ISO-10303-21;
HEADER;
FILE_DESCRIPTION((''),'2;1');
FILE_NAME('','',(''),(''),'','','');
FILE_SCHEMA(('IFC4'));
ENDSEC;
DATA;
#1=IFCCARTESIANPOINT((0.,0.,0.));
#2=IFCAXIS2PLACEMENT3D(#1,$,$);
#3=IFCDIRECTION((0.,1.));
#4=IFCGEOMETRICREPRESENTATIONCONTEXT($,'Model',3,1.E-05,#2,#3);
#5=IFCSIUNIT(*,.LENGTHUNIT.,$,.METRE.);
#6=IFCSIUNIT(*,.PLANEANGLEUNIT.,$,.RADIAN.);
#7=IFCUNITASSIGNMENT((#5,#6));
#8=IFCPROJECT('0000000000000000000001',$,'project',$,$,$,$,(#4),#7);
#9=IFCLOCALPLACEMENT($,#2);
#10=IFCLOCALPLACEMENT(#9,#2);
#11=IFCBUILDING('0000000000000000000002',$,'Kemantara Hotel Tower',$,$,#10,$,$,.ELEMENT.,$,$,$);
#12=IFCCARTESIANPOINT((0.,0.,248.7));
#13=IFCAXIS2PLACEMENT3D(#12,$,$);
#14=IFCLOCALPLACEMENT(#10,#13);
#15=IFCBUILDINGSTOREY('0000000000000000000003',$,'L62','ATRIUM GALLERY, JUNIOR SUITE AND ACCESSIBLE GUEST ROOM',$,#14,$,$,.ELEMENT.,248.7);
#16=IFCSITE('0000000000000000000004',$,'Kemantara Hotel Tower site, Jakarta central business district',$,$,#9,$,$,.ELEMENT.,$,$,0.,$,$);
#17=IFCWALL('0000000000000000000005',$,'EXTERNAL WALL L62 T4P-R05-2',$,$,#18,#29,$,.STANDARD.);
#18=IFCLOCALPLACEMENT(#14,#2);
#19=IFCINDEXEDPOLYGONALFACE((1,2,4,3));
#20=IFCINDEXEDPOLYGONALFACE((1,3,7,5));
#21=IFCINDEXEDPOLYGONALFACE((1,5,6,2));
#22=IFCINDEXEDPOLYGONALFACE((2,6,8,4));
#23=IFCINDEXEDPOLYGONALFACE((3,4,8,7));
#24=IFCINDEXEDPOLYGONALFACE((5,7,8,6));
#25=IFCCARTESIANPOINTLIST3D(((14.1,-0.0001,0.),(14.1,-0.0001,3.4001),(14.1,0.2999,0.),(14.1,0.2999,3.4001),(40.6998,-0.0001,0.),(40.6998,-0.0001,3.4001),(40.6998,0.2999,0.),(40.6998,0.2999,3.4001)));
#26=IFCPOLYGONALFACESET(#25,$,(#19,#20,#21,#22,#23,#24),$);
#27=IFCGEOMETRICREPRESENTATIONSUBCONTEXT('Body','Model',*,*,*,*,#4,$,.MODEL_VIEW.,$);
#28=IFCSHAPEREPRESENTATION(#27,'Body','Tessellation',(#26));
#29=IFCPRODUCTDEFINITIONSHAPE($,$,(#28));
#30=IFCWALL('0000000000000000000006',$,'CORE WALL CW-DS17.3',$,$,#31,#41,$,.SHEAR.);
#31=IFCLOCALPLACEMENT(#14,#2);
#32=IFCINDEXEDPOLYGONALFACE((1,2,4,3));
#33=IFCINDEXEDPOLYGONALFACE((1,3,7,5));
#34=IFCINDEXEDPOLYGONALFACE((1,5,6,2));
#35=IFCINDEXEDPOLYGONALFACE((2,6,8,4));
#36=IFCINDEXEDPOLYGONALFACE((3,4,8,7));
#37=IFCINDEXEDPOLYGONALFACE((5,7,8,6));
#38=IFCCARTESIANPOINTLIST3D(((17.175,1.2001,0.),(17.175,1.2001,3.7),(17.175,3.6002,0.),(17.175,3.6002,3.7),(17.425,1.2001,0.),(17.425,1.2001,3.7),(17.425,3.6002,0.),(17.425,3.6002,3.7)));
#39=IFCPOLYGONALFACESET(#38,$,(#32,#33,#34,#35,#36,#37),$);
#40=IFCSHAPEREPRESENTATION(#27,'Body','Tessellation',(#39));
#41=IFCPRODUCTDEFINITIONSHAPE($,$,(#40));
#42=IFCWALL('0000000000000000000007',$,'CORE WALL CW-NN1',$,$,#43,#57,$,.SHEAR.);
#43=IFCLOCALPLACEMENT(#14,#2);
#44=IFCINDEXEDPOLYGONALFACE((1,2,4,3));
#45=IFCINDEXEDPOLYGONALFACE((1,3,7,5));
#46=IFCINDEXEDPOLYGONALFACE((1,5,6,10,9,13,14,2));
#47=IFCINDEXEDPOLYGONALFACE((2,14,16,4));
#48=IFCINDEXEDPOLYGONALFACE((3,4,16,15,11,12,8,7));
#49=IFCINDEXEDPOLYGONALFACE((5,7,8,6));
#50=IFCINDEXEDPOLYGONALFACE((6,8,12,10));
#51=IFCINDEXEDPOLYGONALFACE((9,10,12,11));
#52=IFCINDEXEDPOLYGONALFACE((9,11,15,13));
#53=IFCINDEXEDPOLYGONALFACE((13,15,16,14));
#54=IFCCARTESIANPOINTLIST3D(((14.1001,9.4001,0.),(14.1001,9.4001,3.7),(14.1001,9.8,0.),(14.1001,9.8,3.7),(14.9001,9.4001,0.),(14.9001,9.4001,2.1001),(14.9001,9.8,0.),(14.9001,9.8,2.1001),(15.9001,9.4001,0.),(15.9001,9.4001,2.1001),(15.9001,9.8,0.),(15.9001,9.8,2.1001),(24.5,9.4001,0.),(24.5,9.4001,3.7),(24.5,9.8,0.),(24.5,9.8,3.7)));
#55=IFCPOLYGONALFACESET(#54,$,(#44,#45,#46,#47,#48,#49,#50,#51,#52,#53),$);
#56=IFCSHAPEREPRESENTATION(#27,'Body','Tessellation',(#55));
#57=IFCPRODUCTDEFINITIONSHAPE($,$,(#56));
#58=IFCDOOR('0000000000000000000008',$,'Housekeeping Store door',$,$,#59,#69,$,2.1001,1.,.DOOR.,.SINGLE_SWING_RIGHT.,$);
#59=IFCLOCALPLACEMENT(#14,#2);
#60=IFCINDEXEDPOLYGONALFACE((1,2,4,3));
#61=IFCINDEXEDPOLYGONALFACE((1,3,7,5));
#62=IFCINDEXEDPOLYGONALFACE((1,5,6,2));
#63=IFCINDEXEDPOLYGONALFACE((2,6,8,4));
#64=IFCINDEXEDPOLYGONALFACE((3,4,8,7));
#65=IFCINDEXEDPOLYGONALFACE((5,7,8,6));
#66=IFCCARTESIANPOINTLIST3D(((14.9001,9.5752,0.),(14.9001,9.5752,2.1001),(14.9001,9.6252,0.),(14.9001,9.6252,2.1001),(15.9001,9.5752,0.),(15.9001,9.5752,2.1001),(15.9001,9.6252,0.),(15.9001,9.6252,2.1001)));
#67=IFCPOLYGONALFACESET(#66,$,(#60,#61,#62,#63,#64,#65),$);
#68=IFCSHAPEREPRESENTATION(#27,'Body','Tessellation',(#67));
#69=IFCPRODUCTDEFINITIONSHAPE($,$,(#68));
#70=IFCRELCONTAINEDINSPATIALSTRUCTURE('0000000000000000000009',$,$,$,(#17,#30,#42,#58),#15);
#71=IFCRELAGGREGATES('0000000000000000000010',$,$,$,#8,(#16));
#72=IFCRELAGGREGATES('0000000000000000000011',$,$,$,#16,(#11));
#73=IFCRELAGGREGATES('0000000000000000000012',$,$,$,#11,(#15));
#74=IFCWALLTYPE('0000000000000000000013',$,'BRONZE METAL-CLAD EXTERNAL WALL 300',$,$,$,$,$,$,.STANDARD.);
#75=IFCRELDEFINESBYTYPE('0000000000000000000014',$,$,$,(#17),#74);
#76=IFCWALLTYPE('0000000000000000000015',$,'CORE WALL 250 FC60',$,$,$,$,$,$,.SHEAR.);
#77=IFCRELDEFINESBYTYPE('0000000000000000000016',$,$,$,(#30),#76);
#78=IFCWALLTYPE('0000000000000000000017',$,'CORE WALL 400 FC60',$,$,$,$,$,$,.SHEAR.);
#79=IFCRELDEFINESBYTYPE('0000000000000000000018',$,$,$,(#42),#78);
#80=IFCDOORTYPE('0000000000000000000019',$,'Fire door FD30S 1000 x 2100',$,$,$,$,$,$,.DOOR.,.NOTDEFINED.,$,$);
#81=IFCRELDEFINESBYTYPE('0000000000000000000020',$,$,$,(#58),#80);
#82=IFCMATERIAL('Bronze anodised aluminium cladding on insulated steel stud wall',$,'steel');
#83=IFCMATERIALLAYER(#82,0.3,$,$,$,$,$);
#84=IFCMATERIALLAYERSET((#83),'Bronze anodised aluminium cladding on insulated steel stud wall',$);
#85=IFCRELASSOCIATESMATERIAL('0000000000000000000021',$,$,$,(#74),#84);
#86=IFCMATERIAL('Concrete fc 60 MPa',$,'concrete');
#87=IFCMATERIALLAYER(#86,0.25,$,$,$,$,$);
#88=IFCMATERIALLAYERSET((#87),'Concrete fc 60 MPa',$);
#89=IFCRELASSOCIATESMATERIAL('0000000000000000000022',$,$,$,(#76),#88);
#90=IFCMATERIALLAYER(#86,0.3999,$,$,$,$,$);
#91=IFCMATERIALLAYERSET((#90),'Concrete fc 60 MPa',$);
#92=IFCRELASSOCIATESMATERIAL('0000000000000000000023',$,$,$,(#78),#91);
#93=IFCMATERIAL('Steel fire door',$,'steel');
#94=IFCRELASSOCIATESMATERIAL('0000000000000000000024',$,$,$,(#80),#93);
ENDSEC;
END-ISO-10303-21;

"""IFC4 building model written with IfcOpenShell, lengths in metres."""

from ifc_helpers import new_model, si_unit, direction, frame, frame_2d, origin, place, context, subcontext, project, spatial, rectangle, extrude, material, layer, layer_set, type_object, element, fill, save


model = new_model("IFC4")

# Units and contexts
model_context = context("Model", 3, precision=1e-05, world=origin(), true_north=direction((0.0, 1.0)))
body_context = subcontext(model_context, "Body", "Model", "MODEL_VIEW")
ifc_project = project(units=[si_unit("LENGTHUNIT", "METRE"), si_unit("PLANEANGLEUNIT", "RADIAN")], contexts=[model_context])

# Site, building, storey
site_placement = place(None, origin())
site = spatial("IfcSite", under=ifc_project, at=site_placement, Name="Kemantara Hotel Tower site, Jakarta central business district", CompositionType="ELEMENT", RefElevation=0.0)
building_placement = place(site_placement, origin())
building = spatial("IfcBuilding", under=site, at=building_placement, Name="Kemantara Hotel Tower", CompositionType="ELEMENT")
storey_placement = place(building_placement, frame((0.0, 0.0, 248.7)))
storey = spatial("IfcBuildingStorey", under=building, at=storey_placement, Name="L62", Description="ATRIUM GALLERY, JUNIOR SUITE AND ACCESSIBLE GUEST ROOM", CompositionType="ELEMENT", Elevation=248.7)

# Walls
ifc_material_1 = material(Name="Bronze anodised aluminium cladding on insulated steel stud wall", Category="steel")
ifc_layer_1 = layer(ifc_material_1, 0.3)
ifc_layer_set_1 = layer_set([ifc_layer_1], Name="Bronze anodised aluminium cladding on insulated steel stud wall")
wall_type_1 = type_object("IfcWallType", Name="BRONZE METAL-CLAD EXTERNAL WALL 300", PredefinedType="STANDARD", material=ifc_layer_set_1)
wall_1_placement = place(storey_placement, frame((14.1001, 0.1499, 0.0), z_axis=(0.0, 0.0, 1.0), x_axis=(1.0, 0.0, 0.0)))
element("IfcWall", 1, at=wall_1_placement, inside=storey, type_object=wall_type_1, Name="EXTERNAL WALL L62 T4P-R05-2", PredefinedType="STANDARD", context=body_context, shape_type="SweptSolid", body=[
    extrude(rectangle(XDim=26.5999, YDim=0.3, at=frame_2d((13.2998, 0.0))), origin(), (0.0, 0.0, 1.0), 3.4001),
])
ifc_material_2 = material(Name="Concrete fc 60 MPa", Category="concrete")
ifc_layer_2 = layer(ifc_material_2, 0.25)
ifc_layer_set_2 = layer_set([ifc_layer_2], Name="Concrete fc 60 MPa")
wall_type_2 = type_object("IfcWallType", Name="CORE WALL 250 FC60", PredefinedType="SHEAR", material=ifc_layer_set_2)
wall_2_placement = place(storey_placement, frame((17.3, 1.2, 0.0), z_axis=(0.0, 0.0, 1.0), x_axis=(0.0, 1.0, 0.0)))
element("IfcWall", 2, at=wall_2_placement, inside=storey, type_object=wall_type_2, Name="CORE WALL CW-DS17.3", PredefinedType="SHEAR", context=body_context, shape_type="SweptSolid", body=[
    extrude(rectangle(XDim=2.4001, YDim=0.25, at=frame_2d((1.2002, 0.0))), origin(), (0.0, 0.0, 1.0), 3.7),
])

# Wall, opening, door
ifc_layer_3 = layer(ifc_material_2, 0.3999)
ifc_layer_set_3 = layer_set([ifc_layer_3], Name="Concrete fc 60 MPa")
wall_type_3 = type_object("IfcWallType", Name="CORE WALL 400 FC60", PredefinedType="SHEAR", material=ifc_layer_set_3)
wall_3_placement = place(storey_placement, frame((14.1001, 9.6001, 0.0), z_axis=(0.0, 0.0, 1.0), x_axis=(1.0, 0.0, 0.0)))
wall_3 = element("IfcWall", 3, at=wall_3_placement, inside=storey, type_object=wall_type_3, Name="CORE WALL CW-NN1", PredefinedType="SHEAR", context=body_context, shape_type="SweptSolid", body=[
    extrude(rectangle(XDim=10.3999, YDim=0.3999, at=frame_2d((5.2, 0.0))), origin(), (0.0, 0.0, 1.0), 3.7),
])
opening_1_placement = place(wall_3_placement, frame((0.8, 0.0, 0.0)))
opening_1 = element("IfcOpeningElement", 4, at=opening_1_placement, cuts=wall_3, PredefinedType="OPENING", context=body_context, shape_type="SweptSolid", body=[
    extrude(rectangle(XDim=1.0, YDim=2.1001, at=frame_2d((0.5, 1.05))), frame((0.0, 0.21, 0.0), z_axis=(0.0, -1.0, 0.0), x_axis=(1.0, 0.0, 0.0)), (0.0, 0.0, 1.0), 0.4199),
])
ifc_material_3 = material(Name="Steel fire door", Category="steel")
door_type_1 = type_object("IfcDoorType", Name="Fire door FD30S 1000 x 2100", OperationType="NOTDEFINED", PredefinedType="DOOR", material=ifc_material_3)
door_1_placement = place(opening_1_placement, frame((1.0, 0.0, 0.0), z_axis=(0.0, 0.0, 1.0), x_axis=(-1.0, 0.0, 0.0)))
door_1 = element("IfcDoor", 5, at=door_1_placement, inside=storey, type_object=door_type_1, Name="Housekeeping Store door", OperationType="SINGLE_SWING_RIGHT", OverallHeight=2.1001, OverallWidth=1.0, PredefinedType="DOOR", context=body_context, shape_type="SweptSolid", body=[
    extrude(rectangle(XDim=1.0, YDim=2.1001, at=frame_2d((0.5, 1.05))), frame((0.0, 0.0249, 0.0), z_axis=(0.0, -1.0, 0.0), x_axis=(1.0, 0.0, 0.0)), (0.0, 0.0, 1.0), 0.05),
])
fill(opening_1, door_1)

save(model, "model.ifc")
